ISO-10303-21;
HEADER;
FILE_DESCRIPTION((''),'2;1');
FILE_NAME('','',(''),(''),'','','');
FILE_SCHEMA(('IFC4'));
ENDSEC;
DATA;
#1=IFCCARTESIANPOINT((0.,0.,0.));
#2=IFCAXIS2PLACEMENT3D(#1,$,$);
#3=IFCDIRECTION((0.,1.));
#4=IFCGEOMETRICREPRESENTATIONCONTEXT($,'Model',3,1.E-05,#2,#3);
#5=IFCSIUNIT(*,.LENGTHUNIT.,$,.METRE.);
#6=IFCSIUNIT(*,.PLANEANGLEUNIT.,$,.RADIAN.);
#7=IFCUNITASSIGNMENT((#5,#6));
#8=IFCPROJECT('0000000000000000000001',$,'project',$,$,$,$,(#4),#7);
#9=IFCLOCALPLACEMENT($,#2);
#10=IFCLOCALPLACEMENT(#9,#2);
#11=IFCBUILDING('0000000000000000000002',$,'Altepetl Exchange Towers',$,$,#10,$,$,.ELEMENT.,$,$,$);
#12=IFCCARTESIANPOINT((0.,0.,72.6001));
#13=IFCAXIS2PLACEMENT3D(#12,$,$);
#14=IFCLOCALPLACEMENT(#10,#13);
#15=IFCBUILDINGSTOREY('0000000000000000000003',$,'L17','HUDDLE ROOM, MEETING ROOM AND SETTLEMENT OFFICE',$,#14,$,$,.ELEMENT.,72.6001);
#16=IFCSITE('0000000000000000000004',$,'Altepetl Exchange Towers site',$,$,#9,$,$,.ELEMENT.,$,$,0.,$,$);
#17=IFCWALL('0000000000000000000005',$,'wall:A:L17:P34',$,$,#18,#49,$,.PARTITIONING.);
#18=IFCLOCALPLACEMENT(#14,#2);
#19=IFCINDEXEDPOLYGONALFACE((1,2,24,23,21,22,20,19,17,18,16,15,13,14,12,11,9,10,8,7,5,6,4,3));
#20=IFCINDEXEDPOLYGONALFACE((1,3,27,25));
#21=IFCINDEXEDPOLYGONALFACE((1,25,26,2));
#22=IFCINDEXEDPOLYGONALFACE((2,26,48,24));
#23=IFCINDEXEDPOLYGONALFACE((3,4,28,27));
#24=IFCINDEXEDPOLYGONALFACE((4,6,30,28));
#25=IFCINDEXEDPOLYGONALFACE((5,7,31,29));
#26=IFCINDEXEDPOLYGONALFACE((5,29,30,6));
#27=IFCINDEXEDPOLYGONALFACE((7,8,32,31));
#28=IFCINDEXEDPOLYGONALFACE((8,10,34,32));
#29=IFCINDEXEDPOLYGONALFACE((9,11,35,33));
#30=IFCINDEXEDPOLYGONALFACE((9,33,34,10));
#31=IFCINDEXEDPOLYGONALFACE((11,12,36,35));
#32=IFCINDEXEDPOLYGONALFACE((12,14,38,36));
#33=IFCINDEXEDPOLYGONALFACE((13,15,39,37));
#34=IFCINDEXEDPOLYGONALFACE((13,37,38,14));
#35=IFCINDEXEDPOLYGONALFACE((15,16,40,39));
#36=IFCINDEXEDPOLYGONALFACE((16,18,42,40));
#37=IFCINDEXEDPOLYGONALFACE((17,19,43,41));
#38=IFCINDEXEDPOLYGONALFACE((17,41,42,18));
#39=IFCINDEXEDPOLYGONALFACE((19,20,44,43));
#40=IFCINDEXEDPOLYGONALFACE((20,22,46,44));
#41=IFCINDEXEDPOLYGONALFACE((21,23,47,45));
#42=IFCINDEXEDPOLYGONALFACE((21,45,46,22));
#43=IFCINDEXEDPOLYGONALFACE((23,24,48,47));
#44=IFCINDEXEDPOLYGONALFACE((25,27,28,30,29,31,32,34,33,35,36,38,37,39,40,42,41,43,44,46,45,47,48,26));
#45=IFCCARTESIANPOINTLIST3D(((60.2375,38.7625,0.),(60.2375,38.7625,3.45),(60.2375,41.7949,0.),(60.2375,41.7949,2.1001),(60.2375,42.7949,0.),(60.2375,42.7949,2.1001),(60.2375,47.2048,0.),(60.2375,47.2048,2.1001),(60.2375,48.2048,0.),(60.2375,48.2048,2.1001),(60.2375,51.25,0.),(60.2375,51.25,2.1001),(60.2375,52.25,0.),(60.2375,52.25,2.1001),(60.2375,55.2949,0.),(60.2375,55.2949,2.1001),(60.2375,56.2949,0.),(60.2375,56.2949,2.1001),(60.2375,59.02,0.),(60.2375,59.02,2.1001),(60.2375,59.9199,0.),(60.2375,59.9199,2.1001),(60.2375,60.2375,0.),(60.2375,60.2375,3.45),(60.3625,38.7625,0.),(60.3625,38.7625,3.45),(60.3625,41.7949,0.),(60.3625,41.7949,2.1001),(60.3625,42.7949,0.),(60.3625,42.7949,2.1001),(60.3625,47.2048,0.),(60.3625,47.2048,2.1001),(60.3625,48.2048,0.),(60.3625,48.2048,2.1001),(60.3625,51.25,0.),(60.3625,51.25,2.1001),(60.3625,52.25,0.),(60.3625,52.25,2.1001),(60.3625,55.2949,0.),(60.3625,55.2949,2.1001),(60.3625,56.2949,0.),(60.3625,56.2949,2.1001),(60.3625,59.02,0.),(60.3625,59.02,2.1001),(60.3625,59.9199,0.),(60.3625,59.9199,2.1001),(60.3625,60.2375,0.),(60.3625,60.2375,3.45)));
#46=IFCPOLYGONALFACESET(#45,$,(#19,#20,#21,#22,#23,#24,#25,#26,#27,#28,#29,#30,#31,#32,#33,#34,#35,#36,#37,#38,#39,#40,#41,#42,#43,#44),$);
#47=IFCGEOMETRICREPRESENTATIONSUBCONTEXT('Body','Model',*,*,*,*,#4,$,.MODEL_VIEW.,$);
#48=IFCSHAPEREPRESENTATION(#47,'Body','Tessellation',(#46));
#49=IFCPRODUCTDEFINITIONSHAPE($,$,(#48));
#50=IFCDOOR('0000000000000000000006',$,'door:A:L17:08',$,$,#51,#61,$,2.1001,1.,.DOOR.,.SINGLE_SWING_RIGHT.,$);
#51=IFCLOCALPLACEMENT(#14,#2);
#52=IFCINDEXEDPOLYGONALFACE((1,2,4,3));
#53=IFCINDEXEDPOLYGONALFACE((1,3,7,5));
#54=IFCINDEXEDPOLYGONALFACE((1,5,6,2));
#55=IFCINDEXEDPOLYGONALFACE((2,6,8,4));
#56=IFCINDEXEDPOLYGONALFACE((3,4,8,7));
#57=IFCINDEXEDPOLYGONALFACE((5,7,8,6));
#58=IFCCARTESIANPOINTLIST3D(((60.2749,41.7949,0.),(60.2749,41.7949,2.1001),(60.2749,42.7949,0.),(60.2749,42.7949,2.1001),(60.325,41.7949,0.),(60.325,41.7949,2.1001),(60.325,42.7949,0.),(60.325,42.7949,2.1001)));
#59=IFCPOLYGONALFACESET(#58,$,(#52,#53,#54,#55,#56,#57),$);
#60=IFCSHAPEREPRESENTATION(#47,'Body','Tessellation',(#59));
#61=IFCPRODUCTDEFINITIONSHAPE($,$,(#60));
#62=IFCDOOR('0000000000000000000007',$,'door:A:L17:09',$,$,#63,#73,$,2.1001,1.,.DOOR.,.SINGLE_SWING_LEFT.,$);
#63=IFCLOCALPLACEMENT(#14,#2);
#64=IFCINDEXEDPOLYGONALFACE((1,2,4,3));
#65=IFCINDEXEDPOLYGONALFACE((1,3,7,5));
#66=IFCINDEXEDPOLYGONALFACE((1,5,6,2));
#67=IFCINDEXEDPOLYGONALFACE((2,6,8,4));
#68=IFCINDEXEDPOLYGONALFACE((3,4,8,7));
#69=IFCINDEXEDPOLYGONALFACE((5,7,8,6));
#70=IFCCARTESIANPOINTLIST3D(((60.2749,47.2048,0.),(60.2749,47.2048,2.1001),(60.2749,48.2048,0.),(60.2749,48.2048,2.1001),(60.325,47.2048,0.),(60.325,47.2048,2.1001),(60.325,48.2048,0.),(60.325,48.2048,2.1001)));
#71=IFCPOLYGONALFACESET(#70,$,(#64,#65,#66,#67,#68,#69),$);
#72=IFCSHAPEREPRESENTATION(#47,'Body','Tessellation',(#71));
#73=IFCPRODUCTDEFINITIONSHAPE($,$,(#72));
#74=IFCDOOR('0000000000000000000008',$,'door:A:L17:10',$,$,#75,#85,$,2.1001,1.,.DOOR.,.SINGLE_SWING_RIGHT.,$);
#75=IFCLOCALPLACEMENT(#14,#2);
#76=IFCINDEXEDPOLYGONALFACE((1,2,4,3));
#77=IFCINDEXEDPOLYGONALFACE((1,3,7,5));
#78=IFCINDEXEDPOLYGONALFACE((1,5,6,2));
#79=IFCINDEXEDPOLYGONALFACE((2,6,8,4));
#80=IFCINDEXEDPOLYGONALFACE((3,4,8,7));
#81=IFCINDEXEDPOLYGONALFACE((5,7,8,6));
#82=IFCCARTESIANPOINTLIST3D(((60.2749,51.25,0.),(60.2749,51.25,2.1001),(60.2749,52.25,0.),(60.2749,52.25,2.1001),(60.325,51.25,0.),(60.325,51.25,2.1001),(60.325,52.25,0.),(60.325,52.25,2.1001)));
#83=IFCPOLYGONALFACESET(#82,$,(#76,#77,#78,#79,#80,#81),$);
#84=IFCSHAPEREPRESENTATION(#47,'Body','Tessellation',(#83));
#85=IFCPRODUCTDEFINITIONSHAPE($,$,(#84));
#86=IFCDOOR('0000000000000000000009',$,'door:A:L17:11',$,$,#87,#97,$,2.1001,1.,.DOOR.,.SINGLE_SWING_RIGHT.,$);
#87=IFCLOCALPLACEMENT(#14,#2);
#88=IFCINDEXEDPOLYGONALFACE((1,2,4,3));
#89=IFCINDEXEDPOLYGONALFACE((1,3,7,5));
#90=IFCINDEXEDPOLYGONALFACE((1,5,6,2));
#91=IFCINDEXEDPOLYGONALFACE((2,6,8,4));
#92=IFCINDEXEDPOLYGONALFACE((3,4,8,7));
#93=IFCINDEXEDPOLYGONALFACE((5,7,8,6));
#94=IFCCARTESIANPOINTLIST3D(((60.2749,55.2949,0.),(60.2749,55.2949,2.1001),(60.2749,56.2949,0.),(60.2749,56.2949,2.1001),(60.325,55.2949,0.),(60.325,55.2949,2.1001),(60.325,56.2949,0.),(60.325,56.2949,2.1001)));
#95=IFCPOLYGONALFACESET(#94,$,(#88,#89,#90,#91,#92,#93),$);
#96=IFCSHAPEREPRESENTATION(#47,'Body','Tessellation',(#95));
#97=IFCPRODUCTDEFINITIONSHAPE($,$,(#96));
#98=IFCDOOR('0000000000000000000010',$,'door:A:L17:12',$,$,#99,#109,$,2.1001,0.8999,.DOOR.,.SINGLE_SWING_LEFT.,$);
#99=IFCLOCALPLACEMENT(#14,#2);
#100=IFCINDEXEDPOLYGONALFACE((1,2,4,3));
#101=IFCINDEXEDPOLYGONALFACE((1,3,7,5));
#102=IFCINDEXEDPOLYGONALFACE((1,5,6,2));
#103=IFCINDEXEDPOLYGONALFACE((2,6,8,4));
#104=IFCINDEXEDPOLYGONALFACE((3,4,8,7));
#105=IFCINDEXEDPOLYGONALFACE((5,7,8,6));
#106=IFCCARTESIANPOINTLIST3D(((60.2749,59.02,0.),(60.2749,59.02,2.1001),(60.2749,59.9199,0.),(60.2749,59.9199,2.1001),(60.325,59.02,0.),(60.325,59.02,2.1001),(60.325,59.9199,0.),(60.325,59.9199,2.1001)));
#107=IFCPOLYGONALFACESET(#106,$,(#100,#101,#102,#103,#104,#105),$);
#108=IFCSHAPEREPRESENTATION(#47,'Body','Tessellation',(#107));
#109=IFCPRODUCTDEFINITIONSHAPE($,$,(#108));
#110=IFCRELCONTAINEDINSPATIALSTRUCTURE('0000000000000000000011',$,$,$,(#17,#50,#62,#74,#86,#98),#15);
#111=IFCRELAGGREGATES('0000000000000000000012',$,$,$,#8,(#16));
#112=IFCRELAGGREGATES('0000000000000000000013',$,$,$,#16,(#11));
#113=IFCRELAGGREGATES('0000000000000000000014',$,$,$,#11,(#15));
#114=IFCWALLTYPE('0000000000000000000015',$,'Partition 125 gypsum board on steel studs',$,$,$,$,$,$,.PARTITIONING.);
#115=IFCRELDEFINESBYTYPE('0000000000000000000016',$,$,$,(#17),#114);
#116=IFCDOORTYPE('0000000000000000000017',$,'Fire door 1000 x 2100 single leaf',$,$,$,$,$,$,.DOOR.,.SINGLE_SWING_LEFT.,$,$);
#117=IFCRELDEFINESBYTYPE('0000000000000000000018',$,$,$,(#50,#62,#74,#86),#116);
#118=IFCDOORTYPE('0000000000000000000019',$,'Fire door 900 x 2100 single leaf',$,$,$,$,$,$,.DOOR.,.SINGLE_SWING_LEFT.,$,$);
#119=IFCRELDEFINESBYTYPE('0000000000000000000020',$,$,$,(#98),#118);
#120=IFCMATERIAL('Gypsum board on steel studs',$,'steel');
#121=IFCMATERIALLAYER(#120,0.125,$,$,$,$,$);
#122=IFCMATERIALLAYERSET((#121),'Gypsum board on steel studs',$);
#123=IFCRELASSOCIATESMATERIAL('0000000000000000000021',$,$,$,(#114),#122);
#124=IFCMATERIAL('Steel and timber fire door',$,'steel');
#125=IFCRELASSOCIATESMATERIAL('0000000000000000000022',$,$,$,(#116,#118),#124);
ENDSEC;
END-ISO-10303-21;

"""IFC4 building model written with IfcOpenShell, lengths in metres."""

from ifc_helpers import new_model, si_unit, direction, frame, frame_2d, origin, place, context, subcontext, project, spatial, rectangle, extrude, material, layer, layer_set, type_object, element, fill, save


model = new_model("IFC4")

# Units and contexts
model_context = context("Model", 3, precision=1e-05, world=origin(), true_north=direction((0.0, 1.0)))
body_context = subcontext(model_context, "Body", "Model", "MODEL_VIEW")
ifc_project = project(units=[si_unit("LENGTHUNIT", "METRE"), si_unit("PLANEANGLEUNIT", "RADIAN")], contexts=[model_context])

# Site, building, storey
site_placement = place(None, origin())
site = spatial("IfcSite", under=ifc_project, at=site_placement, Name="Altepetl Exchange Towers site", CompositionType="ELEMENT", RefElevation=0.0)
building_placement = place(site_placement, origin())
building = spatial("IfcBuilding", under=site, at=building_placement, Name="Altepetl Exchange Towers", CompositionType="ELEMENT")
storey_placement = place(building_placement, frame((0.0, 0.0, 72.6001)))
storey = spatial("IfcBuildingStorey", under=building, at=storey_placement, Name="L17", Description="HUDDLE ROOM, MEETING ROOM AND SETTLEMENT OFFICE", CompositionType="ELEMENT", Elevation=72.6001)

# Shared definitions
ifc_material_1 = material(Name="Gypsum board on steel studs", Category="steel")
ifc_layer_1 = layer(ifc_material_1, 0.125)
ifc_layer_set_1 = layer_set([ifc_layer_1], Name="Gypsum board on steel studs")
wall_type_1 = type_object("IfcWallType", Name="Partition 125 gypsum board on steel studs", PredefinedType="PARTITIONING", material=ifc_layer_set_1)

# Wall, openings, doors
wall_1_placement = place(storey_placement, frame((60.3, 38.7625, 0.0), z_axis=(0.0, 0.0, 1.0), x_axis=(0.0, 1.0, 0.0)))
wall_1 = element("IfcWall", 1, at=wall_1_placement, inside=storey, type_object=wall_type_1, Name="wall:A:L17:P34", PredefinedType="PARTITIONING", context=body_context, shape_type="SweptSolid", body=[
    extrude(rectangle(XDim=21.4751, YDim=0.125, at=frame_2d((10.7375, 0.0))), origin(), (0.0, 0.0, 1.0), 3.45),
])
opening_1_placement = place(wall_1_placement, frame((3.0325, 0.0, 0.0)))
opening_1 = element("IfcOpeningElement", 2, at=opening_1_placement, cuts=wall_1, PredefinedType="OPENING", context=body_context, shape_type="SweptSolid", body=[
    extrude(rectangle(XDim=1.0, YDim=2.1001, at=frame_2d((0.5, 1.05))), frame((0.0, 0.0725, 0.0), z_axis=(0.0, -1.0, 0.0), x_axis=(1.0, 0.0, 0.0)), (0.0, 0.0, 1.0), 0.145),
])
opening_2_placement = place(wall_1_placement, frame((8.4424, 0.0, 0.0)))
opening_2 = element("IfcOpeningElement", 3, at=opening_2_placement, cuts=wall_1, PredefinedType="OPENING", context=body_context, shape_type="SweptSolid", body=[
    extrude(rectangle(XDim=1.0, YDim=2.1001, at=frame_2d((0.5, 1.05))), frame((0.0, 0.0725, 0.0), z_axis=(0.0, -1.0, 0.0), x_axis=(1.0, 0.0, 0.0)), (0.0, 0.0, 1.0), 0.145),
])
opening_3_placement = place(wall_1_placement, frame((12.4875, 0.0, 0.0)))
opening_3 = element("IfcOpeningElement", 4, at=opening_3_placement, cuts=wall_1, PredefinedType="OPENING", context=body_context, shape_type="SweptSolid", body=[
    extrude(rectangle(XDim=1.0, YDim=2.1001, at=frame_2d((0.5, 1.05))), frame((0.0, 0.0725, 0.0), z_axis=(0.0, -1.0, 0.0), x_axis=(1.0, 0.0, 0.0)), (0.0, 0.0, 1.0), 0.145),
])
opening_4_placement = place(wall_1_placement, frame((16.5325, 0.0, 0.0)))
opening_4 = element("IfcOpeningElement", 5, at=opening_4_placement, cuts=wall_1, PredefinedType="OPENING", context=body_context, shape_type="SweptSolid", body=[
    extrude(rectangle(XDim=1.0, YDim=2.1001, at=frame_2d((0.5, 1.05))), frame((0.0, 0.0725, 0.0), z_axis=(0.0, -1.0, 0.0), x_axis=(1.0, 0.0, 0.0)), (0.0, 0.0, 1.0), 0.145),
])
opening_5_placement = place(wall_1_placement, frame((20.2576, 0.0, 0.0)))
opening_5 = element("IfcOpeningElement", 6, at=opening_5_placement, cuts=wall_1, PredefinedType="OPENING", context=body_context, shape_type="SweptSolid", body=[
    extrude(rectangle(XDim=0.8999, YDim=2.1001, at=frame_2d((0.45, 1.05))), frame((0.0, 0.0725, 0.0), z_axis=(0.0, -1.0, 0.0), x_axis=(1.0, 0.0, 0.0)), (0.0, 0.0, 1.0), 0.145),
])
ifc_material_2 = material(Name="Steel and timber fire door", Category="steel")
door_type_1 = type_object("IfcDoorType", Name="Fire door 1000 x 2100 single leaf", OperationType="SINGLE_SWING_LEFT", PredefinedType="DOOR", material=ifc_material_2)
door_1_placement = place(opening_1_placement, frame((1.0, 0.0, 0.0), x_axis=(-1.0, 0.0, 0.0)))
door_1 = element("IfcDoor", 7, at=door_1_placement, inside=storey, type_object=door_type_1, Name="door:A:L17:08", OperationType="SINGLE_SWING_RIGHT", OverallHeight=2.1001, OverallWidth=1.0, PredefinedType="DOOR", context=body_context, shape_type="SweptSolid", body=[
    extrude(rectangle(XDim=1.0, YDim=2.1001, at=frame_2d((0.5, 1.05))), frame((0.0, 0.0249, 0.0), z_axis=(0.0, -1.0, 0.0), x_axis=(1.0, 0.0, 0.0)), (0.0, 0.0, 1.0), 0.05),
])
fill(opening_1, door_1)
door_2_placement = place(opening_2_placement, frame((1.0, 0.0, 0.0), x_axis=(-1.0, 0.0, 0.0)))
door_2 = element("IfcDoor", 8, at=door_2_placement, inside=storey, type_object=door_type_1, Name="door:A:L17:09", OperationType="SINGLE_SWING_LEFT", OverallHeight=2.1001, OverallWidth=1.0, PredefinedType="DOOR", context=body_context, shape_type="SweptSolid", body=[
    extrude(rectangle(XDim=1.0, YDim=2.1001, at=frame_2d((0.5, 1.05))), frame((0.0, 0.0249, 0.0), z_axis=(0.0, -1.0, 0.0), x_axis=(1.0, 0.0, 0.0)), (0.0, 0.0, 1.0), 0.05),
])
fill(opening_2, door_2)
door_3_placement = place(opening_3_placement, frame((1.0, 0.0, 0.0), x_axis=(-1.0, 0.0, 0.0)))
door_3 = element("IfcDoor", 9, at=door_3_placement, inside=storey, type_object=door_type_1, Name="door:A:L17:10", OperationType="SINGLE_SWING_RIGHT", OverallHeight=2.1001, OverallWidth=1.0, PredefinedType="DOOR", context=body_context, shape_type="SweptSolid", body=[
    extrude(rectangle(XDim=1.0, YDim=2.1001, at=frame_2d((0.5, 1.05))), frame((0.0, 0.0249, 0.0), z_axis=(0.0, -1.0, 0.0), x_axis=(1.0, 0.0, 0.0)), (0.0, 0.0, 1.0), 0.05),
])
fill(opening_3, door_3)
door_4_placement = place(opening_4_placement, frame((1.0, 0.0, 0.0), x_axis=(-1.0, 0.0, 0.0)))
door_4 = element("IfcDoor", 10, at=door_4_placement, inside=storey, type_object=door_type_1, Name="door:A:L17:11", OperationType="SINGLE_SWING_RIGHT", OverallHeight=2.1001, OverallWidth=1.0, PredefinedType="DOOR", context=body_context, shape_type="SweptSolid", body=[
    extrude(rectangle(XDim=1.0, YDim=2.1001, at=frame_2d((0.5, 1.05))), frame((0.0, 0.0249, 0.0), z_axis=(0.0, -1.0, 0.0), x_axis=(1.0, 0.0, 0.0)), (0.0, 0.0, 1.0), 0.05),
])
fill(opening_4, door_4)
door_type_2 = type_object("IfcDoorType", Name="Fire door 900 x 2100 single leaf", OperationType="SINGLE_SWING_LEFT", PredefinedType="DOOR", material=ifc_material_2)
door_5_placement = place(opening_5_placement, frame((0.8999, 0.0, 0.0), x_axis=(-1.0, 0.0, 0.0)))
door_5 = element("IfcDoor", 11, at=door_5_placement, inside=storey, type_object=door_type_2, Name="door:A:L17:12", OperationType="SINGLE_SWING_LEFT", OverallHeight=2.1001, OverallWidth=0.8999, PredefinedType="DOOR", context=body_context, shape_type="SweptSolid", body=[
    extrude(rectangle(XDim=0.8999, YDim=2.1001, at=frame_2d((0.45, 1.05))), frame((0.0, 0.0249, 0.0), z_axis=(0.0, -1.0, 0.0), x_axis=(1.0, 0.0, 0.0)), (0.0, 0.0, 1.0), 0.05),
])
fill(opening_5, door_5)

save(model, "model.ifc")
